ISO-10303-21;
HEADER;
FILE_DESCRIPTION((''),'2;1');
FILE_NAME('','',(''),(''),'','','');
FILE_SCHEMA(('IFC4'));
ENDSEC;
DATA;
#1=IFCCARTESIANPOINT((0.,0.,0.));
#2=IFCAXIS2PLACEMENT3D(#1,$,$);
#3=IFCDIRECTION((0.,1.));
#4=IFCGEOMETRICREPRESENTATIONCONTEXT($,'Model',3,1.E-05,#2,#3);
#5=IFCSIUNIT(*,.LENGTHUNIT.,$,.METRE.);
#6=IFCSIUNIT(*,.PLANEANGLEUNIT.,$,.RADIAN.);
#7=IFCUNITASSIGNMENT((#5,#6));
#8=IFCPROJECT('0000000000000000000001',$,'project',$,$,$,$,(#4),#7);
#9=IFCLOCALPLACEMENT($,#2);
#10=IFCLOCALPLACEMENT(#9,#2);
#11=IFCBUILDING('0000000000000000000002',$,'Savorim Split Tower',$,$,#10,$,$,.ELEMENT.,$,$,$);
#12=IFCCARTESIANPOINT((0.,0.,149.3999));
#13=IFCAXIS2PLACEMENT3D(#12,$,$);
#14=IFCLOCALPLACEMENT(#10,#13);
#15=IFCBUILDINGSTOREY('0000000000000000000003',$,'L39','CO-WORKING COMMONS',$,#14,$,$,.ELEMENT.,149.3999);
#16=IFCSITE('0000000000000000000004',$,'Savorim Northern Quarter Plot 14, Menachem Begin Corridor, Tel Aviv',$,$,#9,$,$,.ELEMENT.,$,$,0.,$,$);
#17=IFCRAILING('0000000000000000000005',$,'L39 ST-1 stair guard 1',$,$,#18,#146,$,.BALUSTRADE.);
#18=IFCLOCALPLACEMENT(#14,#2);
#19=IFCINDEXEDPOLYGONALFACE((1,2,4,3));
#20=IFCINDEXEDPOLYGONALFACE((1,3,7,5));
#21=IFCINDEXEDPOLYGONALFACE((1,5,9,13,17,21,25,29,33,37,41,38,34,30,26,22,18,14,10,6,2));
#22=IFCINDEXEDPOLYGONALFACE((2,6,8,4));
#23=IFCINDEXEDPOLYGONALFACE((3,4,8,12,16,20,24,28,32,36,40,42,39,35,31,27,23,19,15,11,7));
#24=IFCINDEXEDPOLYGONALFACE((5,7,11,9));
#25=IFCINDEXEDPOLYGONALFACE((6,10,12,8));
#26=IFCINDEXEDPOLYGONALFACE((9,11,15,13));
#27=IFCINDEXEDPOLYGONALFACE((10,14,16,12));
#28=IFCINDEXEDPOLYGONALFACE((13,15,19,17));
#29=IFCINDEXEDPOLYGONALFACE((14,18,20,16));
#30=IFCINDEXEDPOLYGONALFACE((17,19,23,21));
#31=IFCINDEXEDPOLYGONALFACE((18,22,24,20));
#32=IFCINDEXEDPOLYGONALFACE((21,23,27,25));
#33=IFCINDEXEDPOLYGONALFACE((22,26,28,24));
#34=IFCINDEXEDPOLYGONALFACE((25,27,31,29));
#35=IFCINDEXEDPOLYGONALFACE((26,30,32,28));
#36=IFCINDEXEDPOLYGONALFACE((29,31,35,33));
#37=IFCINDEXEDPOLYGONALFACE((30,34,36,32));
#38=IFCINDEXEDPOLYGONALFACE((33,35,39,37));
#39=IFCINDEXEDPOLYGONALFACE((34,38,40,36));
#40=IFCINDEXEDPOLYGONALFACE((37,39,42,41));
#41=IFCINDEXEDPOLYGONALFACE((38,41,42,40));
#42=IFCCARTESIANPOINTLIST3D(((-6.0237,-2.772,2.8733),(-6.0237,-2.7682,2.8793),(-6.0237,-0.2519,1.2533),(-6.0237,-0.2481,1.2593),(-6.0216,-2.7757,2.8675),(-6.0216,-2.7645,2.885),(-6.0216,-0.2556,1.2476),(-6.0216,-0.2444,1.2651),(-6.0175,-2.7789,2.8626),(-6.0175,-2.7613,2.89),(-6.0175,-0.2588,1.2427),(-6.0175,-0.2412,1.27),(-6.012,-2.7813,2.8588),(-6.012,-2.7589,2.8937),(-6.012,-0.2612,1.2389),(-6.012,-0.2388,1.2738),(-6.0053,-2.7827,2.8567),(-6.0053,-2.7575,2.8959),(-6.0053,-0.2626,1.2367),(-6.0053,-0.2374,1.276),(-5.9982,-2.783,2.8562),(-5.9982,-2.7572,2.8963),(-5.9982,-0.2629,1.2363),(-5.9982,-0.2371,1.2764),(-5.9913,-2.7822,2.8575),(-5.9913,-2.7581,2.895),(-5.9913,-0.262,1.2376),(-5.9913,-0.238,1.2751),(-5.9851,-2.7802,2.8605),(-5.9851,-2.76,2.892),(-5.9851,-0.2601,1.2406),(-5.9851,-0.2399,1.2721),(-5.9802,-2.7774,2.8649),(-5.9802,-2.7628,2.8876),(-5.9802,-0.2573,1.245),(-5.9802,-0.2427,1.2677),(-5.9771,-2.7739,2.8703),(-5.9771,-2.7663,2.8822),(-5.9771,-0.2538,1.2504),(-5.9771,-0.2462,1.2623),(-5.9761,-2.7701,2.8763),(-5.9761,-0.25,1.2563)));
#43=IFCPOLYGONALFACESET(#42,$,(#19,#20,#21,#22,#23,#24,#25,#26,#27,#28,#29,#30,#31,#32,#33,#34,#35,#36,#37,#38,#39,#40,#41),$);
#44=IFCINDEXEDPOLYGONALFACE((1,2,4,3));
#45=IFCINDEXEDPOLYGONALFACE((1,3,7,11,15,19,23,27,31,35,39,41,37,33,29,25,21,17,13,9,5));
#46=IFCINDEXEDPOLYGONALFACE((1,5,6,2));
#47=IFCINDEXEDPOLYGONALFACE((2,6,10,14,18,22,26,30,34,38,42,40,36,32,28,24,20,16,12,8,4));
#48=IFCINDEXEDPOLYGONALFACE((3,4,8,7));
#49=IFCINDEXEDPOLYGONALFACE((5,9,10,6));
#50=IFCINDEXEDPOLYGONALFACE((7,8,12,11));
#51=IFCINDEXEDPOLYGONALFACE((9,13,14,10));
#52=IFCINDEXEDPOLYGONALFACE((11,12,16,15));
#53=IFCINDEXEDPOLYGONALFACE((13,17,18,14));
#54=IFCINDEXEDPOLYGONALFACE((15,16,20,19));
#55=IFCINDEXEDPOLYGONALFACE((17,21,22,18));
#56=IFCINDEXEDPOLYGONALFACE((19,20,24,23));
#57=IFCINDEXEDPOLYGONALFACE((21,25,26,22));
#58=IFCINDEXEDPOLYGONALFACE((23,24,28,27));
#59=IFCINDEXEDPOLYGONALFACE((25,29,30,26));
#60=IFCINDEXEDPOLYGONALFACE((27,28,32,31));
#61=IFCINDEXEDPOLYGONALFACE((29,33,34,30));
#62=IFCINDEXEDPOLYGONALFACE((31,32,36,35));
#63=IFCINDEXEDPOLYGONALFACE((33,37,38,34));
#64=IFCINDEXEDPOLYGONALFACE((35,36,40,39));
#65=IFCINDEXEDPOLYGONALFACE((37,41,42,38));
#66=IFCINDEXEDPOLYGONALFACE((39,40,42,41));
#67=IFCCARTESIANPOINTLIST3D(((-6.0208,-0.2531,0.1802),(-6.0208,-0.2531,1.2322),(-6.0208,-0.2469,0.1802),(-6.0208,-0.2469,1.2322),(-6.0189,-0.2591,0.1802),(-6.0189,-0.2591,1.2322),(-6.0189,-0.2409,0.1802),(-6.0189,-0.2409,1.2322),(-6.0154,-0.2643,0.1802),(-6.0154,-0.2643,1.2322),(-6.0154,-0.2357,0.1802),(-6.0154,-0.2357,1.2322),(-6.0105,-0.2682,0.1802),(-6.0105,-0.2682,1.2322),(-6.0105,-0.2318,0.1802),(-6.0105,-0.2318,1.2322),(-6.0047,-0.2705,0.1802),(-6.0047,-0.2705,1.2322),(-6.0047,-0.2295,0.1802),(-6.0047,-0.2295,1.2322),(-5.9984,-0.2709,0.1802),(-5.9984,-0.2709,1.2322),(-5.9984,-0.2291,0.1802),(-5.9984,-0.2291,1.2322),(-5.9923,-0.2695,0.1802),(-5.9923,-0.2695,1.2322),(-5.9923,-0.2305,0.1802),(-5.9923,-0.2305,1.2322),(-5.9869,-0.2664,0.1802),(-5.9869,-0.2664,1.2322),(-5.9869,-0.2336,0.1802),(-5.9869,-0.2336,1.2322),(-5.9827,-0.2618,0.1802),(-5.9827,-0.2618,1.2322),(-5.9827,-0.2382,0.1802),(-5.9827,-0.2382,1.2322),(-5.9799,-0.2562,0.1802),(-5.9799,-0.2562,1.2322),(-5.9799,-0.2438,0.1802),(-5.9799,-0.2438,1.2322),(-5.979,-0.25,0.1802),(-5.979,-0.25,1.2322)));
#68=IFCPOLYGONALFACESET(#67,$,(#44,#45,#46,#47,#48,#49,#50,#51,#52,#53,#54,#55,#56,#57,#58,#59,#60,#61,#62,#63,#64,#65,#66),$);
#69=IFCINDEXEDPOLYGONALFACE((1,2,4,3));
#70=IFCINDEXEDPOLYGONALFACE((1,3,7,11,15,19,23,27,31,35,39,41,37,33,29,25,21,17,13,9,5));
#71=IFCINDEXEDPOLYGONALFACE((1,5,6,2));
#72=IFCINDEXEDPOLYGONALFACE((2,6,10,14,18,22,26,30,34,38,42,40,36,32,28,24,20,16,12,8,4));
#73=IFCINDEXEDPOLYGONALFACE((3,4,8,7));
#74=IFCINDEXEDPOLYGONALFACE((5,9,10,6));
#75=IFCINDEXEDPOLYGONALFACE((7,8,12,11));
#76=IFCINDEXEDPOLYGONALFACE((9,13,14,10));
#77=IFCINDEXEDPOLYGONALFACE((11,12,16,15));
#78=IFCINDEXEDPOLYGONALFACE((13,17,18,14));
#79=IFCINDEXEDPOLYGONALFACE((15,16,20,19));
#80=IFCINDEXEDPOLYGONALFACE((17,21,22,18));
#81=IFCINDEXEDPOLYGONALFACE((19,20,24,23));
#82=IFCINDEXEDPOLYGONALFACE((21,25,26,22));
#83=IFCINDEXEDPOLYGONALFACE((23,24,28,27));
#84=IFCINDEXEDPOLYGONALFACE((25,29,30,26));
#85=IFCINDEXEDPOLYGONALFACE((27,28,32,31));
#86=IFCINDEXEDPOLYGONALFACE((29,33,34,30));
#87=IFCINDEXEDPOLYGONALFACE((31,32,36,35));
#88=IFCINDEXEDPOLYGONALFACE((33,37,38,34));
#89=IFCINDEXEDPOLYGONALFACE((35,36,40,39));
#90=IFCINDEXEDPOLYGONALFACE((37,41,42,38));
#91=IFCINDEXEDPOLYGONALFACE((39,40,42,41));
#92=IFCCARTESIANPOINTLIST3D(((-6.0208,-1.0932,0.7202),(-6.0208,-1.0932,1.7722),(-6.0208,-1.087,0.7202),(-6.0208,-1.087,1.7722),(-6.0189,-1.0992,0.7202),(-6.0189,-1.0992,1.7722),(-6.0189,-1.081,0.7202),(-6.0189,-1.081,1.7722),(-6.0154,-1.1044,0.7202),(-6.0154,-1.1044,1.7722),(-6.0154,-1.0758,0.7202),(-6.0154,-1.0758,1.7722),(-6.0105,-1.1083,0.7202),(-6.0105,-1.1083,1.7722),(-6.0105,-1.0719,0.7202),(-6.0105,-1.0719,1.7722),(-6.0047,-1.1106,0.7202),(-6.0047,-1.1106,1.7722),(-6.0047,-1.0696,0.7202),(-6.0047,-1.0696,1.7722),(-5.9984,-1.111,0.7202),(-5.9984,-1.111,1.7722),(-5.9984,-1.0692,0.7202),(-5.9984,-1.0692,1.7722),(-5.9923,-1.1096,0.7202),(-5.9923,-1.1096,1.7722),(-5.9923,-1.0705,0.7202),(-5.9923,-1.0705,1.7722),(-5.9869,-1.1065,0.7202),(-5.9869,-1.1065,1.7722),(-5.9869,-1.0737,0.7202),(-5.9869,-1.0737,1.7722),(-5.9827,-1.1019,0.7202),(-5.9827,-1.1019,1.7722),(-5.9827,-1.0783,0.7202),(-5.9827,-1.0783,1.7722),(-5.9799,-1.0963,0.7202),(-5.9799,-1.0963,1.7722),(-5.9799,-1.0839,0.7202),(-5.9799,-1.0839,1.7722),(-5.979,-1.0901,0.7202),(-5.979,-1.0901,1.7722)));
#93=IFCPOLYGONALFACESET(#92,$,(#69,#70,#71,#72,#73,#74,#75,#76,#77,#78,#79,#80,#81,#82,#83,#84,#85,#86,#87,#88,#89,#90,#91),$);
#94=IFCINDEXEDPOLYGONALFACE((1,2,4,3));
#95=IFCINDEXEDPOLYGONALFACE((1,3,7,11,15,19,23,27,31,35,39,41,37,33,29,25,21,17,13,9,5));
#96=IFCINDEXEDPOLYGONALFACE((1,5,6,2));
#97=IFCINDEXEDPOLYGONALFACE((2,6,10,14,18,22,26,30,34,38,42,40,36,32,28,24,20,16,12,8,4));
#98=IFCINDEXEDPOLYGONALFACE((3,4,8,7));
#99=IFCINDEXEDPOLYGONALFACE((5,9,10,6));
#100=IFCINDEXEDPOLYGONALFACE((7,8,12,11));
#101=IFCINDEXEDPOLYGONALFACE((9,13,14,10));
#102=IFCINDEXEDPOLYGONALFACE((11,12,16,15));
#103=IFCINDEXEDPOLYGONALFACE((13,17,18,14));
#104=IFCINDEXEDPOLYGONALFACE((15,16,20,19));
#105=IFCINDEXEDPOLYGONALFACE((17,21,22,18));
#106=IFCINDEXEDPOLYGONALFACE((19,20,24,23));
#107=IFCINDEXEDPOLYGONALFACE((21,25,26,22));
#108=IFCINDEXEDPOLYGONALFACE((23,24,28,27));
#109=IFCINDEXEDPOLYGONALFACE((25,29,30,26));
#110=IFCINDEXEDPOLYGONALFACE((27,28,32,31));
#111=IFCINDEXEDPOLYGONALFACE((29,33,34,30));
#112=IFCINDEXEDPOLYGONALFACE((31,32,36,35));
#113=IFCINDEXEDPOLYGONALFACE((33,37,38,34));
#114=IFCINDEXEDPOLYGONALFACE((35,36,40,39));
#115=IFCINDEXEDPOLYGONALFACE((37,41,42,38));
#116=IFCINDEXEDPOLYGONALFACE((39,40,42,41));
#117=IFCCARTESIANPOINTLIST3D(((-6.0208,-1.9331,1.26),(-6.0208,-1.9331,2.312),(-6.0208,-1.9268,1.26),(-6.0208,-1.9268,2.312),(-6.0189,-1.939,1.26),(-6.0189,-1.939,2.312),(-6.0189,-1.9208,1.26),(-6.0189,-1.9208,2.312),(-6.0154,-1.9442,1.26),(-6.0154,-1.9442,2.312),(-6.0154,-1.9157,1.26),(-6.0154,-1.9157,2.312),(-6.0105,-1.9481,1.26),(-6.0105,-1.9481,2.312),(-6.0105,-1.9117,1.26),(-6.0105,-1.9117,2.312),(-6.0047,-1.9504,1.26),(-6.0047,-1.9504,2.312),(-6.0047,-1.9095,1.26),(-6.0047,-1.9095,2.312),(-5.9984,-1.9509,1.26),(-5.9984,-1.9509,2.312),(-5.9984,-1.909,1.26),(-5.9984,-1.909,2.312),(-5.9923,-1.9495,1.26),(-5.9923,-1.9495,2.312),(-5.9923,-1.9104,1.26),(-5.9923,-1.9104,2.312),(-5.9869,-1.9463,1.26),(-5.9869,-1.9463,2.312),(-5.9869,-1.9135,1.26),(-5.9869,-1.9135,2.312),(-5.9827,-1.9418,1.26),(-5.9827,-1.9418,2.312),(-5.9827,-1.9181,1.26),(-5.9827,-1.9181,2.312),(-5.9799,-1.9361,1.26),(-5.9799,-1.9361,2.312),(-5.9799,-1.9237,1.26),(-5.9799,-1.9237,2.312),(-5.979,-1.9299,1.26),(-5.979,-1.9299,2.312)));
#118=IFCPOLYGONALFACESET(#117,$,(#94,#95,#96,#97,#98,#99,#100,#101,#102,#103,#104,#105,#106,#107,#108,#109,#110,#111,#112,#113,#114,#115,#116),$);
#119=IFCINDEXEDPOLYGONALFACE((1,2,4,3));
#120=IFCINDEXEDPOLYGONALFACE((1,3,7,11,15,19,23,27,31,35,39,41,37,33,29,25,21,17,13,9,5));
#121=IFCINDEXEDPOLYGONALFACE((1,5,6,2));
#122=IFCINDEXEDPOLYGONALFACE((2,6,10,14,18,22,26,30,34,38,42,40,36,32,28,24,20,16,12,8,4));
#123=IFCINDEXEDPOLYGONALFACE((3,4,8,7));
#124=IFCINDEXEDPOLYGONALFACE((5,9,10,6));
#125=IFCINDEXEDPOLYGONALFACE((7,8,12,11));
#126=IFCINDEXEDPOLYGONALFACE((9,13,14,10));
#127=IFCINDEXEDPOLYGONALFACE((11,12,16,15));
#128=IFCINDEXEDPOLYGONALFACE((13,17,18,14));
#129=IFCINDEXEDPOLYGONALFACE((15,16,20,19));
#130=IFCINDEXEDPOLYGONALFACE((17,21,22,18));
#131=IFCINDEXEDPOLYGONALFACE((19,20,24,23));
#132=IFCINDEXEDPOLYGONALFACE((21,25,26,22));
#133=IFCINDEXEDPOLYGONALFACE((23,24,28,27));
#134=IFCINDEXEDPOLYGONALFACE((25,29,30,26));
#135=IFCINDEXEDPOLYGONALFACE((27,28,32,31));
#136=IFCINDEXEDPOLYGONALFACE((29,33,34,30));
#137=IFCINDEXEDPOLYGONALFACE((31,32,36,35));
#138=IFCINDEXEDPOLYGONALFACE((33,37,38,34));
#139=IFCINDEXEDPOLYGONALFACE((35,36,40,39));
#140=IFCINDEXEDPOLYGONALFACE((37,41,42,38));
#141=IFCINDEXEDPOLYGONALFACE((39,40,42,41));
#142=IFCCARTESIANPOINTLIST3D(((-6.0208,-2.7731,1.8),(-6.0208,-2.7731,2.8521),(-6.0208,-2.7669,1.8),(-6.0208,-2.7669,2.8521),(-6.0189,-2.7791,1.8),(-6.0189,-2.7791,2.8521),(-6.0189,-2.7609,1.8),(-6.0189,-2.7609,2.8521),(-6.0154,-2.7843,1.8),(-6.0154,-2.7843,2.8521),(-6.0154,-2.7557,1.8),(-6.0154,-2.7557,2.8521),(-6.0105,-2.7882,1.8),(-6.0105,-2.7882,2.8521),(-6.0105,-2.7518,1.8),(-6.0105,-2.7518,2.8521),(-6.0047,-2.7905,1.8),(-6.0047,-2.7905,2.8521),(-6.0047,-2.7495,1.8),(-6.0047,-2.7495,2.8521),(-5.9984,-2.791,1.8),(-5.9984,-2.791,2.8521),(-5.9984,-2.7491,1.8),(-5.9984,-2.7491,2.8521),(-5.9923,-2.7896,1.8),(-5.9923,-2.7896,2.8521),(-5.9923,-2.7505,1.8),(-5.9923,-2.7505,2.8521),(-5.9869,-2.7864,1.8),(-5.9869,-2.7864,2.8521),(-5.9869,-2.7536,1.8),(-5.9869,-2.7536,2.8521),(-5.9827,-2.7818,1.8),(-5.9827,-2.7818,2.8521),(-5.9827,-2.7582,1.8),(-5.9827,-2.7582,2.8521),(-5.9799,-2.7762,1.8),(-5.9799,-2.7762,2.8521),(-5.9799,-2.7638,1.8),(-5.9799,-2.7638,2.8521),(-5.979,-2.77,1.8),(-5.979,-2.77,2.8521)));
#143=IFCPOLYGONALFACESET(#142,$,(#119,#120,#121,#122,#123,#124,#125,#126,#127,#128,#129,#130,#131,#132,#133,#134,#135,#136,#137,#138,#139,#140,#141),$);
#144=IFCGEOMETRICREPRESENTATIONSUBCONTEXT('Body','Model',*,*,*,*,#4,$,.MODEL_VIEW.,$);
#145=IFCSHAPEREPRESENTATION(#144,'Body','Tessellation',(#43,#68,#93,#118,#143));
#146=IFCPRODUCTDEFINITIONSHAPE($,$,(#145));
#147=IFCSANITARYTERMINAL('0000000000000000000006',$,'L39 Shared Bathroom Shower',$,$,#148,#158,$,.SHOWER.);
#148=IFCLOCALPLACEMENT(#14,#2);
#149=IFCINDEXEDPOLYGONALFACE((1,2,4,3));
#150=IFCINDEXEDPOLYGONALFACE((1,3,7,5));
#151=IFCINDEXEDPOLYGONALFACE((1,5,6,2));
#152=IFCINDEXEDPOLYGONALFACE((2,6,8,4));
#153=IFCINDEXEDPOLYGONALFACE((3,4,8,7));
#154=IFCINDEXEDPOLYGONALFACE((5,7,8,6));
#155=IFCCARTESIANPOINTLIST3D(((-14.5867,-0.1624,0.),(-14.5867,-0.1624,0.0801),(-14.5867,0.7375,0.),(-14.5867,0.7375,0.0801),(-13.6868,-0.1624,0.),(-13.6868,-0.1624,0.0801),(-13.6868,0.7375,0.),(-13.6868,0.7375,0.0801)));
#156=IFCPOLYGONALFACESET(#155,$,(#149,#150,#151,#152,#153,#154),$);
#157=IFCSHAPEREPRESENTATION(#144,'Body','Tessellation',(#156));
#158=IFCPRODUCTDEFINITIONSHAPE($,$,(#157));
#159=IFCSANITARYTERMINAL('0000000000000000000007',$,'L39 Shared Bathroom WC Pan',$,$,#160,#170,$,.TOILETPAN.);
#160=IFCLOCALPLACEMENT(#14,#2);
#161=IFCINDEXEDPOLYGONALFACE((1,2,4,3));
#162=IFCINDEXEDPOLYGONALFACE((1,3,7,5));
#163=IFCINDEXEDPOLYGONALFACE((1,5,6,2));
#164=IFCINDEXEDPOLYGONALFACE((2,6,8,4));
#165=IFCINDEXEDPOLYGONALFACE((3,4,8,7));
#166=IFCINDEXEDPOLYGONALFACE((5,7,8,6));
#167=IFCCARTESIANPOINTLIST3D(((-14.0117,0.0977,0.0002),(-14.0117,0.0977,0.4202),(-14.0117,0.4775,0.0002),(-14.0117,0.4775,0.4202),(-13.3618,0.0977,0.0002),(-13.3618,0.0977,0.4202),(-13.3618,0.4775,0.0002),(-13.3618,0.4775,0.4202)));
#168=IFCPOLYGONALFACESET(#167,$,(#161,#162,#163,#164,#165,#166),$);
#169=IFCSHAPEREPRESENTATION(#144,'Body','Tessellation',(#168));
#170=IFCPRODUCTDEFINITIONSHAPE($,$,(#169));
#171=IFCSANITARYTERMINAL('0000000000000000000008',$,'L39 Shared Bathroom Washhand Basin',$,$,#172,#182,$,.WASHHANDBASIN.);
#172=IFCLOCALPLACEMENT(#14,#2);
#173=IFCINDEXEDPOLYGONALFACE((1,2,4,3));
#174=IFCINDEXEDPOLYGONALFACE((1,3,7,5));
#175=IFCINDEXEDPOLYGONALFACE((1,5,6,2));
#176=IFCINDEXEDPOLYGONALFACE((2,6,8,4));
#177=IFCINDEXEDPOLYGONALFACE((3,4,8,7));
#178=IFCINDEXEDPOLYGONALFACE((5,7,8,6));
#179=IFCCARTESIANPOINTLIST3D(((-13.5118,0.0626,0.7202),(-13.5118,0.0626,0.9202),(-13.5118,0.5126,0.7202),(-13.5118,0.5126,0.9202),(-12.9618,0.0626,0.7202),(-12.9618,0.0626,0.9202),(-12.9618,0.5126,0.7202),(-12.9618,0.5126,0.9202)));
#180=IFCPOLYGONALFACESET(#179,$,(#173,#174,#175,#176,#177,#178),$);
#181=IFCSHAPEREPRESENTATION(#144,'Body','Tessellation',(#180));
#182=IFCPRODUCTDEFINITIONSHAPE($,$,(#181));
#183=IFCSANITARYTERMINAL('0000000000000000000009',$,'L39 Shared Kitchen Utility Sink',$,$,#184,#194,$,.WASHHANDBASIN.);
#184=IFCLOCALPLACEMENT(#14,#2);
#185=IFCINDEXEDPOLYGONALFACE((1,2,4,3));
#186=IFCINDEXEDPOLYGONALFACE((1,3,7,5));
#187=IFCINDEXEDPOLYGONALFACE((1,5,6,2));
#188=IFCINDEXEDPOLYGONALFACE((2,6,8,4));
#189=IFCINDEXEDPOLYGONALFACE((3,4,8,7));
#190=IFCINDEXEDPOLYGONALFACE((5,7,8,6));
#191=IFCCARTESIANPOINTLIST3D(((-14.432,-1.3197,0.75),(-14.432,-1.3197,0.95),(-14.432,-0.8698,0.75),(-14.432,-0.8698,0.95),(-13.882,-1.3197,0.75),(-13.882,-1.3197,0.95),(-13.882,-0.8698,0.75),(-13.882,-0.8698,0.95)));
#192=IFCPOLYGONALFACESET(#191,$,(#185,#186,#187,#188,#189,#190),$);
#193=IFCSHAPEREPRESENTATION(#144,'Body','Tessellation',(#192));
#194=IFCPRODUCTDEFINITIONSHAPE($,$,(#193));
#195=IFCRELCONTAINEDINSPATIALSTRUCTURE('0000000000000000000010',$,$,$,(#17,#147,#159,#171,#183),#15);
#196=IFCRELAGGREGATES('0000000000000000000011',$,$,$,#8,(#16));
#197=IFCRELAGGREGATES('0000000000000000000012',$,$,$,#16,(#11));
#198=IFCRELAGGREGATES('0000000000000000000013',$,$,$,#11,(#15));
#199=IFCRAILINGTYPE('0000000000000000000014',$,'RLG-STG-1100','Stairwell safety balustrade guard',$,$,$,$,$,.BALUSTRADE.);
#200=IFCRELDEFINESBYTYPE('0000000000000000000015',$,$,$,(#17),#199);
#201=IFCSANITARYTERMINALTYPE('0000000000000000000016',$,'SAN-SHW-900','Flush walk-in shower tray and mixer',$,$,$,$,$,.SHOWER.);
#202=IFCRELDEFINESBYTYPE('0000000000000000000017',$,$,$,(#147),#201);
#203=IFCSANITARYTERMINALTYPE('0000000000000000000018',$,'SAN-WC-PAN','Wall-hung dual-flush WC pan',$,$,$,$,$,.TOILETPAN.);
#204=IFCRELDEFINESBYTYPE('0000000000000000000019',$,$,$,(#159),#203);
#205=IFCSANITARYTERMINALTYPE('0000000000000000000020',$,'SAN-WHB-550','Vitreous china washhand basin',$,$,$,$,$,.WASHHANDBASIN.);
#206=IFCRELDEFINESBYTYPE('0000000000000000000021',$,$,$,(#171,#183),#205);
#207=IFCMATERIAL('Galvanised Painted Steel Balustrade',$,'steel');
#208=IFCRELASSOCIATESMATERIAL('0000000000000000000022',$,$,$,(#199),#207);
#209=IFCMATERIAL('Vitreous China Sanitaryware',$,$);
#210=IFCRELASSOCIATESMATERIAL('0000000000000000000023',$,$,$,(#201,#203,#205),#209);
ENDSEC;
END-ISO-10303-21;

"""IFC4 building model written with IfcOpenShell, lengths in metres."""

from ifc_helpers import new_model, si_unit, direction, frame, origin, origin_2d, place, context, subcontext, project, spatial, rectangle, circle, extrude, material, type_object, element, save


model = new_model("IFC4")

# Units and contexts
model_context = context("Model", 3, precision=1e-05, world=origin(), true_north=direction((0.0, 1.0)))
body_context = subcontext(model_context, "Body", "Model", "MODEL_VIEW")
ifc_project = project(units=[si_unit("LENGTHUNIT", "METRE"), si_unit("PLANEANGLEUNIT", "RADIAN")], contexts=[model_context])

# Site, building, storey
site_placement = place(None, origin())
site = spatial("IfcSite", under=ifc_project, at=site_placement, Name="Savorim Northern Quarter Plot 14, Menachem Begin Corridor, Tel Aviv", CompositionType="ELEMENT", RefElevation=0.0)
building_placement = place(site_placement, origin())
building = spatial("IfcBuilding", under=site, at=building_placement, Name="Savorim Split Tower", CompositionType="ELEMENT")
storey_placement = place(building_placement, frame((0.0, 0.0, 149.3999)))
storey = spatial("IfcBuildingStorey", under=building, at=storey_placement, Name="L39", Description="CO-WORKING COMMONS", CompositionType="ELEMENT", Elevation=149.3999)

# Railing
ifc_material_1 = material(Name="Galvanised Painted Steel Balustrade", Category="steel")
railing_type_1 = type_object("IfcRailingType", Name="RLG-STG-1100", Description="Stairwell safety balustrade guard", PredefinedType="BALUSTRADE", material=ifc_material_1)
railing_1_placement = place(storey_placement, frame((-6.0, -0.25, 0.1802)))
element("IfcRailing", 1, at=railing_1_placement, inside=storey, type_object=railing_type_1, Name="L39 ST-1 stair guard 1", PredefinedType="BALUSTRADE", context=body_context, shape_type="SweptSolid", body=[
    extrude(circle(Radius=0.0239, at=origin_2d()), frame((0.0, 0.0, 1.0762), z_axis=(0.0, -0.8412, 0.540725), x_axis=(1.0, 0.0, 0.0)), (0.0, 0.0, 1.0), 2.9958),
    extrude(circle(Radius=0.021, at=origin_2d()), origin(), (0.0, 0.0, 1.0), 1.052),
    extrude(circle(Radius=0.021, at=origin_2d()), frame((0.0, -0.8401, 0.54)), (0.0, 0.0, 1.0), 1.052),
    extrude(circle(Radius=0.021, at=origin_2d()), frame((0.0, -1.6799, 1.0798)), (0.0, 0.0, 1.0), 1.052),
    extrude(circle(Radius=0.021, at=origin_2d()), frame((0.0, -2.52, 1.6199)), (0.0, 0.0, 1.0), 1.052),
])

# Sanitary terminals
ifc_material_2 = material(Name="Vitreous China Sanitaryware")
sanitary_terminal_type_1 = type_object("IfcSanitaryTerminalType", Name="SAN-SHW-900", Description="Flush walk-in shower tray and mixer", PredefinedType="SHOWER", material=ifc_material_2)
sanitary_terminal_1_placement = place(storey_placement, frame((-14.1367, 0.2876, 0.0), z_axis=(0.0, 0.0, 1.0), x_axis=(1.0, 0.0, 0.0)))
element("IfcSanitaryTerminal", 2, at=sanitary_terminal_1_placement, inside=storey, type_object=sanitary_terminal_type_1, Name="L39 Shared Bathroom Shower", PredefinedType="SHOWER", context=body_context, shape_type="SweptSolid", body=[
    extrude(rectangle(XDim=0.8999, YDim=0.8999, at=origin_2d()), origin(), (0.0, 0.0, 1.0), 0.0801),
])
sanitary_terminal_type_2 = type_object("IfcSanitaryTerminalType", Name="SAN-WC-PAN", Description="Wall-hung dual-flush WC pan", PredefinedType="TOILETPAN", material=ifc_material_2)
sanitary_terminal_2_placement = place(storey_placement, frame((-13.6868, 0.2876, 0.0002), z_axis=(0.0, 0.0, 1.0), x_axis=(1.0, 0.0, 0.0)))
element("IfcSanitaryTerminal", 3, at=sanitary_terminal_2_placement, inside=storey, type_object=sanitary_terminal_type_2, Name="L39 Shared Bathroom WC Pan", PredefinedType="TOILETPAN", context=body_context, shape_type="SweptSolid", body=[
    extrude(rectangle(XDim=0.6499, YDim=0.3799, at=origin_2d()), origin(), (0.0, 0.0, 1.0), 0.4199),
])
sanitary_terminal_type_3 = type_object("IfcSanitaryTerminalType", Name="SAN-WHB-550", Description="Vitreous china washhand basin", PredefinedType="WASHHANDBASIN", material=ifc_material_2)
for number, where, z_axis, x_axis, name in (
    (4, (-13.2368, 0.2876, 0.7202), (0.0, 0.0, 1.0), (1.0, 0.0, 0.0), "L39 Shared Bathroom Washhand Basin"),
    (5, (-14.157, -1.0947, 0.75), (0.0, 0.0, 1.0), (1.0, 0.0, 0.0), "L39 Shared Kitchen Utility Sink"),
):
    element("IfcSanitaryTerminal", number, at=place(storey_placement, frame(where, z_axis=z_axis, x_axis=x_axis)), inside=storey, type_object=sanitary_terminal_type_3, Name=name, PredefinedType="WASHHANDBASIN", context=body_context, shape_type="SweptSolid", body=[
        extrude(rectangle(XDim=0.55, YDim=0.45, at=origin_2d()), origin(), (0.0, 0.0, 1.0), 0.2),
    ])

save(model, "model.ifc")
